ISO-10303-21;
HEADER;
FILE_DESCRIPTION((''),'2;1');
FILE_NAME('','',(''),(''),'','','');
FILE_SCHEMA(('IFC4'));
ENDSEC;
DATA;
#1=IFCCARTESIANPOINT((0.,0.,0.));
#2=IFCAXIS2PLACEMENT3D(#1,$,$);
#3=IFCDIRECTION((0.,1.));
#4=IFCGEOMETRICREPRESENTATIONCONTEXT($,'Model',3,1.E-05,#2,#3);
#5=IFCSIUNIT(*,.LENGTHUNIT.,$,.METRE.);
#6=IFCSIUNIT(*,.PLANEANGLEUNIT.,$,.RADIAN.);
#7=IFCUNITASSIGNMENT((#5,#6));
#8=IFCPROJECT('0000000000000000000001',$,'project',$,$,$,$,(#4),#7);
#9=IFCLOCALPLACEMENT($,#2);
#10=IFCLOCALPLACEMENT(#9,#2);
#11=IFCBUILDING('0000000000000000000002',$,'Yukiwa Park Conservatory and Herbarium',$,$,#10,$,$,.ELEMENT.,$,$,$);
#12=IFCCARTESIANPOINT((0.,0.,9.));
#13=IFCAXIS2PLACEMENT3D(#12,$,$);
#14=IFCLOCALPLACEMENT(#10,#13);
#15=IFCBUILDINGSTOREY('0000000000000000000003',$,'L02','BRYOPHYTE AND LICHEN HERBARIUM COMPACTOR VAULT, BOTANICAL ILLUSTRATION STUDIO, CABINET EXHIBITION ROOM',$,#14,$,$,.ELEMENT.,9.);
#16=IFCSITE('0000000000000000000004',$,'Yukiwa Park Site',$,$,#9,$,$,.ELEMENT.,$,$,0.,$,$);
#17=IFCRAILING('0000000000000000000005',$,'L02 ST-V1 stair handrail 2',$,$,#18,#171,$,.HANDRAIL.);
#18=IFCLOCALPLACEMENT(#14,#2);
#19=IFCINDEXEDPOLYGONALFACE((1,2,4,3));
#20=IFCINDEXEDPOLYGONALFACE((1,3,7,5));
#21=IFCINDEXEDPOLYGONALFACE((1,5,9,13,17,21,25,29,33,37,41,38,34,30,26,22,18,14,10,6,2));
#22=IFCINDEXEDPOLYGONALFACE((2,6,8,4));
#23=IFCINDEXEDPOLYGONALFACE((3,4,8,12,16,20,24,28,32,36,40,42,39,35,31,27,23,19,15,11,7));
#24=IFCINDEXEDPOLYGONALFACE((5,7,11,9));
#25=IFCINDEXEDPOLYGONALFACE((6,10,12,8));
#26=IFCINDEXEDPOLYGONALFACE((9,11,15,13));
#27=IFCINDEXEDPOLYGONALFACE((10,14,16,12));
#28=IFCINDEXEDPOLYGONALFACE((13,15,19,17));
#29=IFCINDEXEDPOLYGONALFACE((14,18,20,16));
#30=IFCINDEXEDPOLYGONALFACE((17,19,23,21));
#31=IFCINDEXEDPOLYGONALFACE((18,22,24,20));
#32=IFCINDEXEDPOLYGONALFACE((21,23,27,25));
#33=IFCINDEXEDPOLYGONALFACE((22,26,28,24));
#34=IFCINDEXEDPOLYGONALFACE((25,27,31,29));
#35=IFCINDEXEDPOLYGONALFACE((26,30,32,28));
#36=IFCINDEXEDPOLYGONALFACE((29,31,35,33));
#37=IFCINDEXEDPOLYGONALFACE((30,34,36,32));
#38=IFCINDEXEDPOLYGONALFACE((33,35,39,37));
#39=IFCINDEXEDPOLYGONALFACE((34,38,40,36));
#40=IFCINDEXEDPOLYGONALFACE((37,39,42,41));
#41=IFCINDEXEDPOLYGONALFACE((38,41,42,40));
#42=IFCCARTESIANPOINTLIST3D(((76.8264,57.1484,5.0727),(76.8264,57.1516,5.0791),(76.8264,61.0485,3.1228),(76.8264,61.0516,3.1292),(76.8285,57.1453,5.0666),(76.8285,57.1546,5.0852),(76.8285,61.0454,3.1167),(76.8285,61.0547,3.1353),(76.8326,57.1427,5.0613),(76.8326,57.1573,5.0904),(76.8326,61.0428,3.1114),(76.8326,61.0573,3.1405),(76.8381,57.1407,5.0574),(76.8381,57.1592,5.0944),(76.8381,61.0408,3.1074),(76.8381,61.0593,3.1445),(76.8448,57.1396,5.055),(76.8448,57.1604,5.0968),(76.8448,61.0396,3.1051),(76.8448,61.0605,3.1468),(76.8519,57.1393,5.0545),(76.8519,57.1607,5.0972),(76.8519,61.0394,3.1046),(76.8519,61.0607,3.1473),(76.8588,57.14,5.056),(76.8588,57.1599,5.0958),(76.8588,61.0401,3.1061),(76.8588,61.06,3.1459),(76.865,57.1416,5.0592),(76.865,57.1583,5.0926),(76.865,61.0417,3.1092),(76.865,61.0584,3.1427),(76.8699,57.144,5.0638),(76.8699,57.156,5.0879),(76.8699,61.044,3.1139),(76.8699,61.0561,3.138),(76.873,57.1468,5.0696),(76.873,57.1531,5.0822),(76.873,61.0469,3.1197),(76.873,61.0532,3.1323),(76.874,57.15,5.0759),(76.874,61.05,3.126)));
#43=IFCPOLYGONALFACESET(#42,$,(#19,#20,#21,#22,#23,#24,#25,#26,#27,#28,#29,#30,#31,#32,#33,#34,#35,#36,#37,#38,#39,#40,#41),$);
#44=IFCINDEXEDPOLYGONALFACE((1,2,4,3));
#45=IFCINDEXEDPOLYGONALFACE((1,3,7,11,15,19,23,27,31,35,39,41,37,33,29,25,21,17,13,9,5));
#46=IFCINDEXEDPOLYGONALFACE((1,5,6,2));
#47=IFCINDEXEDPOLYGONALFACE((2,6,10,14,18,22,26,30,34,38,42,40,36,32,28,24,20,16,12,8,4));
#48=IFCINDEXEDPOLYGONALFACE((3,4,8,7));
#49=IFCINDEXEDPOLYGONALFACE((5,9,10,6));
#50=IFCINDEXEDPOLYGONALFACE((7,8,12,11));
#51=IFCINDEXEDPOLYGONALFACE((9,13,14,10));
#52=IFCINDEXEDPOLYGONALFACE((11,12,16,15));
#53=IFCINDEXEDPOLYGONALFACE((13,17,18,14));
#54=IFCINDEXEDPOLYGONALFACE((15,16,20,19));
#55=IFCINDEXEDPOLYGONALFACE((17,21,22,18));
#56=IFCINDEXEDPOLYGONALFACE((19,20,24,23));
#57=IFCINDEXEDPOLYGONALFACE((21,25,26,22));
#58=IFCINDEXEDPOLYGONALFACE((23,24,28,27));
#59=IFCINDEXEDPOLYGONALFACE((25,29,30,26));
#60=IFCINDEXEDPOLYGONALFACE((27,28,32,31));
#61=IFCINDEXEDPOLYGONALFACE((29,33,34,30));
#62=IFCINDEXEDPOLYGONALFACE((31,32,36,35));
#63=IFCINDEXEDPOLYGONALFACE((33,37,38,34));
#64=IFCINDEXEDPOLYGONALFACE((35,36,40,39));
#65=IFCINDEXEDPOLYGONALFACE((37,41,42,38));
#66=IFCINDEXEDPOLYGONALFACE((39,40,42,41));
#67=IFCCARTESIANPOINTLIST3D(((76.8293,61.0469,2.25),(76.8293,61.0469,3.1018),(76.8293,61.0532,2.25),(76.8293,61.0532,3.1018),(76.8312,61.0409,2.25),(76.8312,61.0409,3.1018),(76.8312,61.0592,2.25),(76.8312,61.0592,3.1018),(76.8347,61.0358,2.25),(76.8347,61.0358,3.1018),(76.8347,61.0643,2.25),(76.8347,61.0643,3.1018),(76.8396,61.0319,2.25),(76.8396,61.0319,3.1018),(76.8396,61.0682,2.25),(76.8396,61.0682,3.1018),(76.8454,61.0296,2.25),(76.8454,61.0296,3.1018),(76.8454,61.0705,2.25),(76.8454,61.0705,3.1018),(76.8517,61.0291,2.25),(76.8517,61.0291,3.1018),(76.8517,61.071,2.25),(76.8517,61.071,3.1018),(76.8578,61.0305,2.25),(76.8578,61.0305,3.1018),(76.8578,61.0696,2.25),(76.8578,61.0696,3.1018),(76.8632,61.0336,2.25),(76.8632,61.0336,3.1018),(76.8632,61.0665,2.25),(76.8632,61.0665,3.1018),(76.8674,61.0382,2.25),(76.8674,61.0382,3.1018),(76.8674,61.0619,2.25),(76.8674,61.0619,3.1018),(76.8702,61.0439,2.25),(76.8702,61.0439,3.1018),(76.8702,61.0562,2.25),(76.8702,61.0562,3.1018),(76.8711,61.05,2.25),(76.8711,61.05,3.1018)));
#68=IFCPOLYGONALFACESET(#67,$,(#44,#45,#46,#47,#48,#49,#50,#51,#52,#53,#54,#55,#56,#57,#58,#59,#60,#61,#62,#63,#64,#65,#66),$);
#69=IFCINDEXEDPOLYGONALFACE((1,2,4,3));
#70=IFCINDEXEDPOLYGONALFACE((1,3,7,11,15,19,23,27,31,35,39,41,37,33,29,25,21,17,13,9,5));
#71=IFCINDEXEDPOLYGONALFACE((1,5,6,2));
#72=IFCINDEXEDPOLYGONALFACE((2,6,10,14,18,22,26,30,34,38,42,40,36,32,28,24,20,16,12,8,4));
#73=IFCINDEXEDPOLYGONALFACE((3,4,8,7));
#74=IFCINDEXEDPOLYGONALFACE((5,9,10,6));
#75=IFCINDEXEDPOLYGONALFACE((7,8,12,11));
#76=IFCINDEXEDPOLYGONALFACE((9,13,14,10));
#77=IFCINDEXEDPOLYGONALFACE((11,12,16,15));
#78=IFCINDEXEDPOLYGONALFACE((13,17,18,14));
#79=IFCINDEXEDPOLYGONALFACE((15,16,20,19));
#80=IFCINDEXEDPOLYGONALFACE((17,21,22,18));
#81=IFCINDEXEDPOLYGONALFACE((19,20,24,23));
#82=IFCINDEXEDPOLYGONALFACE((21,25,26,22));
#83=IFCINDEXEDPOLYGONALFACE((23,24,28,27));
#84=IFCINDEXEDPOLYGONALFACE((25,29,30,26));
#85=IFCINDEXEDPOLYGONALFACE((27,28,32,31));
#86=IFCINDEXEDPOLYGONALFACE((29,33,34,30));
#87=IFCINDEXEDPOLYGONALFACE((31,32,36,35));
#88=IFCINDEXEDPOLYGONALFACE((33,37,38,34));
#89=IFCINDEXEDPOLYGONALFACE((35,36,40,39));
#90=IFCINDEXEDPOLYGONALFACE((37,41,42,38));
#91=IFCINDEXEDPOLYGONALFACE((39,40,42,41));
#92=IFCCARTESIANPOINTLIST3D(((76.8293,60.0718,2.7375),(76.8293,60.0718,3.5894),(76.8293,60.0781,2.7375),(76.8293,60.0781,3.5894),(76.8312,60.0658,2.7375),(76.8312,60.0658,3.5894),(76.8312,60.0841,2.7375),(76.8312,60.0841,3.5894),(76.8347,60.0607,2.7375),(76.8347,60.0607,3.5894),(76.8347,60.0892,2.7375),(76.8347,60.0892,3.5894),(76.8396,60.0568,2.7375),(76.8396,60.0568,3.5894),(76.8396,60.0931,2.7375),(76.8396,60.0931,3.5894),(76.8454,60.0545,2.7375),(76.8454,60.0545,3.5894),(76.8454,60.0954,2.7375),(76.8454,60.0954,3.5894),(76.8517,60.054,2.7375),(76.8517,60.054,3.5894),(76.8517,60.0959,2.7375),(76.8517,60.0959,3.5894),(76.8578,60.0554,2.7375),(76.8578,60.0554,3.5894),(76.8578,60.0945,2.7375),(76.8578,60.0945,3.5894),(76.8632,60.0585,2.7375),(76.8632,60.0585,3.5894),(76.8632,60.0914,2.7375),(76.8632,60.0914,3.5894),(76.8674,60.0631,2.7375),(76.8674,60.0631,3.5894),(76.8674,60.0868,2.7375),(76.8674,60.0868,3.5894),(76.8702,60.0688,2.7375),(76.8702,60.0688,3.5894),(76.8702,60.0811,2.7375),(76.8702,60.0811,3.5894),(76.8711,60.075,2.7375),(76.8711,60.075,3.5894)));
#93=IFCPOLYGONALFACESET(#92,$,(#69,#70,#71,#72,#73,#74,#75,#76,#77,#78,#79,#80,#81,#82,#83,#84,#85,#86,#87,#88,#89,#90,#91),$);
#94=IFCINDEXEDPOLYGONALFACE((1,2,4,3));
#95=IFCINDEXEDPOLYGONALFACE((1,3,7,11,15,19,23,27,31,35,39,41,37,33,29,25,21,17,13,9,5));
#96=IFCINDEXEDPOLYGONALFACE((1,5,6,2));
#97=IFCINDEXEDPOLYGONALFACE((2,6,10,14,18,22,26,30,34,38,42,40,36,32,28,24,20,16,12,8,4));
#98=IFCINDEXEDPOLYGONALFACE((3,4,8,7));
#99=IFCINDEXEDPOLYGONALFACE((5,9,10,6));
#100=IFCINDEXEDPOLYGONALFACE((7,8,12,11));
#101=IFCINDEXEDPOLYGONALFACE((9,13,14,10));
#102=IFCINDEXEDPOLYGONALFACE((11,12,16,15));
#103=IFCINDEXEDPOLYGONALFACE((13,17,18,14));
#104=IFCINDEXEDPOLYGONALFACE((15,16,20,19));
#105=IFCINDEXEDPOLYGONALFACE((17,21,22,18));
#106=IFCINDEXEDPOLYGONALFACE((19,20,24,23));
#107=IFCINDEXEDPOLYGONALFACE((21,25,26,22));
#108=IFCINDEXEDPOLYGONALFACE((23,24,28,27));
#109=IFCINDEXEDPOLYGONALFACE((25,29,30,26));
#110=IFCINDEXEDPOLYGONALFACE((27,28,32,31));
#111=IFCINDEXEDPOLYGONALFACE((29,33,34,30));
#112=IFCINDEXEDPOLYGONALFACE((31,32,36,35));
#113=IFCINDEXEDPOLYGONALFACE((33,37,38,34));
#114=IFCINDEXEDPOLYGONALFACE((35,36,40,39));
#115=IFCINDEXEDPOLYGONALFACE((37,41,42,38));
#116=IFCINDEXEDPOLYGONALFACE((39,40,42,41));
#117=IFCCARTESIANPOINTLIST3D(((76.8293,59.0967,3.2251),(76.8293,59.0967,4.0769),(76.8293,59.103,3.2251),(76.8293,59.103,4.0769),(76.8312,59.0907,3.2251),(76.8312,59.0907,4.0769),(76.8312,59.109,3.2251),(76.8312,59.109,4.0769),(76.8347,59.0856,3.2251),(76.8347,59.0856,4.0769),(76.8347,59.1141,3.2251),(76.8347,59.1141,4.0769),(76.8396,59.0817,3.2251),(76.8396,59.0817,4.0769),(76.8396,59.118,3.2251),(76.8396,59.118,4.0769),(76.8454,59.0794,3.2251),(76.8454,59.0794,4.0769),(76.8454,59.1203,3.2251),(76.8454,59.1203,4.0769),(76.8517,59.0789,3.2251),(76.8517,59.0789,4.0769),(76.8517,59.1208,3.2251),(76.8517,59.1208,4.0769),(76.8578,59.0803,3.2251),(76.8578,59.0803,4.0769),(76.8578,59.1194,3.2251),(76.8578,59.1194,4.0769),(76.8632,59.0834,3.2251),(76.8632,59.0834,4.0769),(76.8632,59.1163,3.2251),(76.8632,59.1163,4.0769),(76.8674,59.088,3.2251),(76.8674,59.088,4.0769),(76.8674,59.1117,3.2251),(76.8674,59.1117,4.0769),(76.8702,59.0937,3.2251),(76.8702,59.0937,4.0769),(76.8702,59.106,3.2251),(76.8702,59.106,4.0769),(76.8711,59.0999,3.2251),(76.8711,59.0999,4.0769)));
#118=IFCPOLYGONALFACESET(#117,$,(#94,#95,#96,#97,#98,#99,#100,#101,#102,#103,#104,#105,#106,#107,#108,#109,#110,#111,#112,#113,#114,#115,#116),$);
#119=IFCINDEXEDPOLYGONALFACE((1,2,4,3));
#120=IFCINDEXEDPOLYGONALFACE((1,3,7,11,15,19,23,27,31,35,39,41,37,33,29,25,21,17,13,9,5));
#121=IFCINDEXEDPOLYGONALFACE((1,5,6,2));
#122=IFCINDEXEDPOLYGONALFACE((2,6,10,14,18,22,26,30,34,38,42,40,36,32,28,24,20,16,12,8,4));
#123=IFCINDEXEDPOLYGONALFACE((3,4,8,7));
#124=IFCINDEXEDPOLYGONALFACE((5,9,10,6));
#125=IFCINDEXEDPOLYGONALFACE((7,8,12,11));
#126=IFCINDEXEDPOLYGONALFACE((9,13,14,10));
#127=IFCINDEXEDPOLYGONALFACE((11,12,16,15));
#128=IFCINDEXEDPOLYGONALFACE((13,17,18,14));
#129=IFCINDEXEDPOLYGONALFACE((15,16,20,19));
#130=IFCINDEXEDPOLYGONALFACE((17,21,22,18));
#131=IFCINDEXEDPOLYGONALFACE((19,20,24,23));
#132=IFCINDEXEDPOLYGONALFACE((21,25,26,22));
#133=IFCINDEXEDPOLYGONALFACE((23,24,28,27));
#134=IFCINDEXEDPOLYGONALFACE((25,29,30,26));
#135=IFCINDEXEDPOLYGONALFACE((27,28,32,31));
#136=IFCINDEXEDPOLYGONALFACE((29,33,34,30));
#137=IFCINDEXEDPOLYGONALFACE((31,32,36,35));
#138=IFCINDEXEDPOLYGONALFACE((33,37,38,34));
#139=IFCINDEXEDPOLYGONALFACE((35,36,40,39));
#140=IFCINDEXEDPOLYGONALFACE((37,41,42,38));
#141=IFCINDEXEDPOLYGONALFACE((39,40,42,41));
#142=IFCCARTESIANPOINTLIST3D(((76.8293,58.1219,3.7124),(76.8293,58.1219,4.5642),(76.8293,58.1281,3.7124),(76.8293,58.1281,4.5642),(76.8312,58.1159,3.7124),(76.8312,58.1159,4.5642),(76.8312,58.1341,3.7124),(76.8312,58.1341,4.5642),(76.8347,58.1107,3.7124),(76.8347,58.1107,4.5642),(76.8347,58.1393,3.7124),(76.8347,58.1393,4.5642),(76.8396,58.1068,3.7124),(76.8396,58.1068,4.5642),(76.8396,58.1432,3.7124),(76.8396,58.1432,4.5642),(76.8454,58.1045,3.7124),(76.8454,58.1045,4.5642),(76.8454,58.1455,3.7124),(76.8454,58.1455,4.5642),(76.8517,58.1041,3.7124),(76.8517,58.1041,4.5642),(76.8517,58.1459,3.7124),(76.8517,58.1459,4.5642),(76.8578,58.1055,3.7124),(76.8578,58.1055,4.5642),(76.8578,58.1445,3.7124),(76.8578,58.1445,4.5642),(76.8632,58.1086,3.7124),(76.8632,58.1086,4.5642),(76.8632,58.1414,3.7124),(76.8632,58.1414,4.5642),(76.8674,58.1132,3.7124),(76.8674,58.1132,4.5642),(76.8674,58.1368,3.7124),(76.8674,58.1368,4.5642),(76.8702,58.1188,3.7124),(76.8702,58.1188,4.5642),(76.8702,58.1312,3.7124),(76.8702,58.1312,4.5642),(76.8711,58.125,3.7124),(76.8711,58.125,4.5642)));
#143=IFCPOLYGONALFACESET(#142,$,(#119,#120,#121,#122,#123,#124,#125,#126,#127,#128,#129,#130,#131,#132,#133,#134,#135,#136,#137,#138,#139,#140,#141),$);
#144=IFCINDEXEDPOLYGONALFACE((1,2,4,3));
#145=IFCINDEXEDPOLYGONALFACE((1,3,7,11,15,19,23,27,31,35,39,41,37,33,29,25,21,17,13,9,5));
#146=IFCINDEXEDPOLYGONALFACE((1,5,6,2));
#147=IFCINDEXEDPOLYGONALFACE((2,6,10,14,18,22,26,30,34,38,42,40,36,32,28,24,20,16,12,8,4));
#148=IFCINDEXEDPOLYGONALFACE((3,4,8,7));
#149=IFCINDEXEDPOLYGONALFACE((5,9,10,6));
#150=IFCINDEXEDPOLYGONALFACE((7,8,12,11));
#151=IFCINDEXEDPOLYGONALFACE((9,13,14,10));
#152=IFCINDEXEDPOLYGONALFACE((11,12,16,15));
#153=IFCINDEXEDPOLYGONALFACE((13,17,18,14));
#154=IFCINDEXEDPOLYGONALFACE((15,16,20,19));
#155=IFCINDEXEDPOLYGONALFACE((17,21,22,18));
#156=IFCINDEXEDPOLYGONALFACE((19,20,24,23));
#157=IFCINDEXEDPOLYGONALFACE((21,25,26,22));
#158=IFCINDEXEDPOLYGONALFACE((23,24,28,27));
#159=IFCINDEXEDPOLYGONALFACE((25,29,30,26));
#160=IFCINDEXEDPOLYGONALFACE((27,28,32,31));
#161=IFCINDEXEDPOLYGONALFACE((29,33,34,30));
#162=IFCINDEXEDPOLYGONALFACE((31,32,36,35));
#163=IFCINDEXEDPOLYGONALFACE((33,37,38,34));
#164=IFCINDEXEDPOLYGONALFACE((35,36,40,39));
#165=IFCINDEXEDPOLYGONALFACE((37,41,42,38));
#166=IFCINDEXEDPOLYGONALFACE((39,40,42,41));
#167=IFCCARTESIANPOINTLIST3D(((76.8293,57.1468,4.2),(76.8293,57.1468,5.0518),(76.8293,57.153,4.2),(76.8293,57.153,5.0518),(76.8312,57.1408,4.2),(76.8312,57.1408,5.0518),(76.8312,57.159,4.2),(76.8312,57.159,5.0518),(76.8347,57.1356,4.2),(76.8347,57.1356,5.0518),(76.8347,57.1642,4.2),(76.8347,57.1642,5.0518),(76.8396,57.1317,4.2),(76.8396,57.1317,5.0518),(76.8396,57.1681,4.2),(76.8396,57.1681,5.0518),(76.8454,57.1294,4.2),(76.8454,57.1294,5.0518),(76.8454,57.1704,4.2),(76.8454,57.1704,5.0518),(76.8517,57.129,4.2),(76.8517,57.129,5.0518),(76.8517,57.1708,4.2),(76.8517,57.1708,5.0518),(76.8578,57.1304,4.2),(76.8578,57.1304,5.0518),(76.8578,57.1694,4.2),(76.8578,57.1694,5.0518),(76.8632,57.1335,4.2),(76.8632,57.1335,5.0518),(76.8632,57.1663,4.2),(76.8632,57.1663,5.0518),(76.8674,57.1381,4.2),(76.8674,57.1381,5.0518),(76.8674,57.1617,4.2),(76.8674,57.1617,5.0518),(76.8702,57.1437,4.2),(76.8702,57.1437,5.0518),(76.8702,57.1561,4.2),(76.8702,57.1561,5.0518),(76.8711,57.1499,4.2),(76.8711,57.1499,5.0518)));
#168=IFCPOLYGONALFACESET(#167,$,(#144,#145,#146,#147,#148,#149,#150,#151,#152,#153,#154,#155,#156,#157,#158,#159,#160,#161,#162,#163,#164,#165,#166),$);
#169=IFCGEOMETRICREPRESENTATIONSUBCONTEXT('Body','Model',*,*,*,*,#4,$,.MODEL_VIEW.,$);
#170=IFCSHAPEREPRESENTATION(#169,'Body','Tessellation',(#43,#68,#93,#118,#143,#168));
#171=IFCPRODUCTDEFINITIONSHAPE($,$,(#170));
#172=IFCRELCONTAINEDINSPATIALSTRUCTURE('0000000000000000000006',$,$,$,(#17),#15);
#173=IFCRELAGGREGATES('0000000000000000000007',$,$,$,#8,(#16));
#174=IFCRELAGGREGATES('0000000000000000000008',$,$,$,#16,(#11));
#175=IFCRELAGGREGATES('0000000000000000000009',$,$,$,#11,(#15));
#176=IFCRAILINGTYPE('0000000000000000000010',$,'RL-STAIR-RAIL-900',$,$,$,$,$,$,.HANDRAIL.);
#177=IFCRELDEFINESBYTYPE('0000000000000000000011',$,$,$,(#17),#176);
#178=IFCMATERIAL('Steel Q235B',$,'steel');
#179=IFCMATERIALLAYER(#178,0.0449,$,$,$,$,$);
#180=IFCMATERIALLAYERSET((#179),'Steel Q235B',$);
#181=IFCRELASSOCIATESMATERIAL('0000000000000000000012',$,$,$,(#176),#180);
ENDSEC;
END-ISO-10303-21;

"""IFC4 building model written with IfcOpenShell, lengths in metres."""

from ifc_helpers import new_model, si_unit, direction, frame, origin, origin_2d, place, context, subcontext, project, spatial, circle, extrude, material, layer, layer_set, type_object, element, save


model = new_model("IFC4")

# Units and contexts
model_context = context("Model", 3, precision=1e-05, world=origin(), true_north=direction((0.0, 1.0)))
body_context = subcontext(model_context, "Body", "Model", "MODEL_VIEW")
ifc_project = project(units=[si_unit("LENGTHUNIT", "METRE"), si_unit("PLANEANGLEUNIT", "RADIAN")], contexts=[model_context])

# Site, building, storey
site_placement = place(None, origin())
site = spatial("IfcSite", under=ifc_project, at=site_placement, Name="Yukiwa Park Site", CompositionType="ELEMENT", RefElevation=0.0)
building_placement = place(site_placement, origin())
building = spatial("IfcBuilding", under=site, at=building_placement, Name="Yukiwa Park Conservatory and Herbarium", CompositionType="ELEMENT")
storey_placement = place(building_placement, frame((0.0, 0.0, 9.0)))
storey = spatial("IfcBuildingStorey", under=building, at=storey_placement, Name="L02", Description="BRYOPHYTE AND LICHEN HERBARIUM COMPACTOR VAULT, BOTANICAL ILLUSTRATION STUDIO, CABINET EXHIBITION ROOM", CompositionType="ELEMENT", Elevation=9.0)

# Railing
ifc_material_1 = material(Name="Steel Q235B", Category="steel")
ifc_layer_1 = layer(ifc_material_1, 0.0449)
ifc_layer_set_1 = layer_set([ifc_layer_1], Name="Steel Q235B")
railing_type_1 = type_object("IfcRailingType", Name="RL-STAIR-RAIL-900", PredefinedType="HANDRAIL", material=ifc_layer_set_1)
railing_1_placement = place(storey_placement, frame((76.8501, 61.05, 2.25)))
element("IfcRailing", 1, at=railing_1_placement, inside=storey, type_object=railing_type_1, Name="L02 ST-V1 stair handrail 2", PredefinedType="HANDRAIL", context=body_context, shape_type="SweptSolid", body=[
    extrude(circle(Radius=0.0239, at=origin_2d()), frame((0.0, 0.0, 0.876), z_axis=(0.0, -0.894438, 0.447191), x_axis=(1.0, 0.0, 0.0)), (0.0, 0.0, 1.0), 4.3604),
    extrude(circle(Radius=0.021, at=origin_2d()), origin(), (0.0, 0.0, 1.0), 0.8518),
    extrude(circle(Radius=0.021, at=origin_2d()), frame((0.0, -0.9751, 0.4875)), (0.0, 0.0, 1.0), 0.8518),
    extrude(circle(Radius=0.021, at=origin_2d()), frame((0.0, -1.9502, 0.9751)), (0.0, 0.0, 1.0), 0.8518),
    extrude(circle(Radius=0.021, at=origin_2d()), frame((0.0, -2.925, 1.4624)), (0.0, 0.0, 1.0), 0.8518),
    extrude(circle(Radius=0.021, at=origin_2d()), frame((0.0, -3.9001, 1.95)), (0.0, 0.0, 1.0), 0.8518),
])

save(model, "model.ifc")
